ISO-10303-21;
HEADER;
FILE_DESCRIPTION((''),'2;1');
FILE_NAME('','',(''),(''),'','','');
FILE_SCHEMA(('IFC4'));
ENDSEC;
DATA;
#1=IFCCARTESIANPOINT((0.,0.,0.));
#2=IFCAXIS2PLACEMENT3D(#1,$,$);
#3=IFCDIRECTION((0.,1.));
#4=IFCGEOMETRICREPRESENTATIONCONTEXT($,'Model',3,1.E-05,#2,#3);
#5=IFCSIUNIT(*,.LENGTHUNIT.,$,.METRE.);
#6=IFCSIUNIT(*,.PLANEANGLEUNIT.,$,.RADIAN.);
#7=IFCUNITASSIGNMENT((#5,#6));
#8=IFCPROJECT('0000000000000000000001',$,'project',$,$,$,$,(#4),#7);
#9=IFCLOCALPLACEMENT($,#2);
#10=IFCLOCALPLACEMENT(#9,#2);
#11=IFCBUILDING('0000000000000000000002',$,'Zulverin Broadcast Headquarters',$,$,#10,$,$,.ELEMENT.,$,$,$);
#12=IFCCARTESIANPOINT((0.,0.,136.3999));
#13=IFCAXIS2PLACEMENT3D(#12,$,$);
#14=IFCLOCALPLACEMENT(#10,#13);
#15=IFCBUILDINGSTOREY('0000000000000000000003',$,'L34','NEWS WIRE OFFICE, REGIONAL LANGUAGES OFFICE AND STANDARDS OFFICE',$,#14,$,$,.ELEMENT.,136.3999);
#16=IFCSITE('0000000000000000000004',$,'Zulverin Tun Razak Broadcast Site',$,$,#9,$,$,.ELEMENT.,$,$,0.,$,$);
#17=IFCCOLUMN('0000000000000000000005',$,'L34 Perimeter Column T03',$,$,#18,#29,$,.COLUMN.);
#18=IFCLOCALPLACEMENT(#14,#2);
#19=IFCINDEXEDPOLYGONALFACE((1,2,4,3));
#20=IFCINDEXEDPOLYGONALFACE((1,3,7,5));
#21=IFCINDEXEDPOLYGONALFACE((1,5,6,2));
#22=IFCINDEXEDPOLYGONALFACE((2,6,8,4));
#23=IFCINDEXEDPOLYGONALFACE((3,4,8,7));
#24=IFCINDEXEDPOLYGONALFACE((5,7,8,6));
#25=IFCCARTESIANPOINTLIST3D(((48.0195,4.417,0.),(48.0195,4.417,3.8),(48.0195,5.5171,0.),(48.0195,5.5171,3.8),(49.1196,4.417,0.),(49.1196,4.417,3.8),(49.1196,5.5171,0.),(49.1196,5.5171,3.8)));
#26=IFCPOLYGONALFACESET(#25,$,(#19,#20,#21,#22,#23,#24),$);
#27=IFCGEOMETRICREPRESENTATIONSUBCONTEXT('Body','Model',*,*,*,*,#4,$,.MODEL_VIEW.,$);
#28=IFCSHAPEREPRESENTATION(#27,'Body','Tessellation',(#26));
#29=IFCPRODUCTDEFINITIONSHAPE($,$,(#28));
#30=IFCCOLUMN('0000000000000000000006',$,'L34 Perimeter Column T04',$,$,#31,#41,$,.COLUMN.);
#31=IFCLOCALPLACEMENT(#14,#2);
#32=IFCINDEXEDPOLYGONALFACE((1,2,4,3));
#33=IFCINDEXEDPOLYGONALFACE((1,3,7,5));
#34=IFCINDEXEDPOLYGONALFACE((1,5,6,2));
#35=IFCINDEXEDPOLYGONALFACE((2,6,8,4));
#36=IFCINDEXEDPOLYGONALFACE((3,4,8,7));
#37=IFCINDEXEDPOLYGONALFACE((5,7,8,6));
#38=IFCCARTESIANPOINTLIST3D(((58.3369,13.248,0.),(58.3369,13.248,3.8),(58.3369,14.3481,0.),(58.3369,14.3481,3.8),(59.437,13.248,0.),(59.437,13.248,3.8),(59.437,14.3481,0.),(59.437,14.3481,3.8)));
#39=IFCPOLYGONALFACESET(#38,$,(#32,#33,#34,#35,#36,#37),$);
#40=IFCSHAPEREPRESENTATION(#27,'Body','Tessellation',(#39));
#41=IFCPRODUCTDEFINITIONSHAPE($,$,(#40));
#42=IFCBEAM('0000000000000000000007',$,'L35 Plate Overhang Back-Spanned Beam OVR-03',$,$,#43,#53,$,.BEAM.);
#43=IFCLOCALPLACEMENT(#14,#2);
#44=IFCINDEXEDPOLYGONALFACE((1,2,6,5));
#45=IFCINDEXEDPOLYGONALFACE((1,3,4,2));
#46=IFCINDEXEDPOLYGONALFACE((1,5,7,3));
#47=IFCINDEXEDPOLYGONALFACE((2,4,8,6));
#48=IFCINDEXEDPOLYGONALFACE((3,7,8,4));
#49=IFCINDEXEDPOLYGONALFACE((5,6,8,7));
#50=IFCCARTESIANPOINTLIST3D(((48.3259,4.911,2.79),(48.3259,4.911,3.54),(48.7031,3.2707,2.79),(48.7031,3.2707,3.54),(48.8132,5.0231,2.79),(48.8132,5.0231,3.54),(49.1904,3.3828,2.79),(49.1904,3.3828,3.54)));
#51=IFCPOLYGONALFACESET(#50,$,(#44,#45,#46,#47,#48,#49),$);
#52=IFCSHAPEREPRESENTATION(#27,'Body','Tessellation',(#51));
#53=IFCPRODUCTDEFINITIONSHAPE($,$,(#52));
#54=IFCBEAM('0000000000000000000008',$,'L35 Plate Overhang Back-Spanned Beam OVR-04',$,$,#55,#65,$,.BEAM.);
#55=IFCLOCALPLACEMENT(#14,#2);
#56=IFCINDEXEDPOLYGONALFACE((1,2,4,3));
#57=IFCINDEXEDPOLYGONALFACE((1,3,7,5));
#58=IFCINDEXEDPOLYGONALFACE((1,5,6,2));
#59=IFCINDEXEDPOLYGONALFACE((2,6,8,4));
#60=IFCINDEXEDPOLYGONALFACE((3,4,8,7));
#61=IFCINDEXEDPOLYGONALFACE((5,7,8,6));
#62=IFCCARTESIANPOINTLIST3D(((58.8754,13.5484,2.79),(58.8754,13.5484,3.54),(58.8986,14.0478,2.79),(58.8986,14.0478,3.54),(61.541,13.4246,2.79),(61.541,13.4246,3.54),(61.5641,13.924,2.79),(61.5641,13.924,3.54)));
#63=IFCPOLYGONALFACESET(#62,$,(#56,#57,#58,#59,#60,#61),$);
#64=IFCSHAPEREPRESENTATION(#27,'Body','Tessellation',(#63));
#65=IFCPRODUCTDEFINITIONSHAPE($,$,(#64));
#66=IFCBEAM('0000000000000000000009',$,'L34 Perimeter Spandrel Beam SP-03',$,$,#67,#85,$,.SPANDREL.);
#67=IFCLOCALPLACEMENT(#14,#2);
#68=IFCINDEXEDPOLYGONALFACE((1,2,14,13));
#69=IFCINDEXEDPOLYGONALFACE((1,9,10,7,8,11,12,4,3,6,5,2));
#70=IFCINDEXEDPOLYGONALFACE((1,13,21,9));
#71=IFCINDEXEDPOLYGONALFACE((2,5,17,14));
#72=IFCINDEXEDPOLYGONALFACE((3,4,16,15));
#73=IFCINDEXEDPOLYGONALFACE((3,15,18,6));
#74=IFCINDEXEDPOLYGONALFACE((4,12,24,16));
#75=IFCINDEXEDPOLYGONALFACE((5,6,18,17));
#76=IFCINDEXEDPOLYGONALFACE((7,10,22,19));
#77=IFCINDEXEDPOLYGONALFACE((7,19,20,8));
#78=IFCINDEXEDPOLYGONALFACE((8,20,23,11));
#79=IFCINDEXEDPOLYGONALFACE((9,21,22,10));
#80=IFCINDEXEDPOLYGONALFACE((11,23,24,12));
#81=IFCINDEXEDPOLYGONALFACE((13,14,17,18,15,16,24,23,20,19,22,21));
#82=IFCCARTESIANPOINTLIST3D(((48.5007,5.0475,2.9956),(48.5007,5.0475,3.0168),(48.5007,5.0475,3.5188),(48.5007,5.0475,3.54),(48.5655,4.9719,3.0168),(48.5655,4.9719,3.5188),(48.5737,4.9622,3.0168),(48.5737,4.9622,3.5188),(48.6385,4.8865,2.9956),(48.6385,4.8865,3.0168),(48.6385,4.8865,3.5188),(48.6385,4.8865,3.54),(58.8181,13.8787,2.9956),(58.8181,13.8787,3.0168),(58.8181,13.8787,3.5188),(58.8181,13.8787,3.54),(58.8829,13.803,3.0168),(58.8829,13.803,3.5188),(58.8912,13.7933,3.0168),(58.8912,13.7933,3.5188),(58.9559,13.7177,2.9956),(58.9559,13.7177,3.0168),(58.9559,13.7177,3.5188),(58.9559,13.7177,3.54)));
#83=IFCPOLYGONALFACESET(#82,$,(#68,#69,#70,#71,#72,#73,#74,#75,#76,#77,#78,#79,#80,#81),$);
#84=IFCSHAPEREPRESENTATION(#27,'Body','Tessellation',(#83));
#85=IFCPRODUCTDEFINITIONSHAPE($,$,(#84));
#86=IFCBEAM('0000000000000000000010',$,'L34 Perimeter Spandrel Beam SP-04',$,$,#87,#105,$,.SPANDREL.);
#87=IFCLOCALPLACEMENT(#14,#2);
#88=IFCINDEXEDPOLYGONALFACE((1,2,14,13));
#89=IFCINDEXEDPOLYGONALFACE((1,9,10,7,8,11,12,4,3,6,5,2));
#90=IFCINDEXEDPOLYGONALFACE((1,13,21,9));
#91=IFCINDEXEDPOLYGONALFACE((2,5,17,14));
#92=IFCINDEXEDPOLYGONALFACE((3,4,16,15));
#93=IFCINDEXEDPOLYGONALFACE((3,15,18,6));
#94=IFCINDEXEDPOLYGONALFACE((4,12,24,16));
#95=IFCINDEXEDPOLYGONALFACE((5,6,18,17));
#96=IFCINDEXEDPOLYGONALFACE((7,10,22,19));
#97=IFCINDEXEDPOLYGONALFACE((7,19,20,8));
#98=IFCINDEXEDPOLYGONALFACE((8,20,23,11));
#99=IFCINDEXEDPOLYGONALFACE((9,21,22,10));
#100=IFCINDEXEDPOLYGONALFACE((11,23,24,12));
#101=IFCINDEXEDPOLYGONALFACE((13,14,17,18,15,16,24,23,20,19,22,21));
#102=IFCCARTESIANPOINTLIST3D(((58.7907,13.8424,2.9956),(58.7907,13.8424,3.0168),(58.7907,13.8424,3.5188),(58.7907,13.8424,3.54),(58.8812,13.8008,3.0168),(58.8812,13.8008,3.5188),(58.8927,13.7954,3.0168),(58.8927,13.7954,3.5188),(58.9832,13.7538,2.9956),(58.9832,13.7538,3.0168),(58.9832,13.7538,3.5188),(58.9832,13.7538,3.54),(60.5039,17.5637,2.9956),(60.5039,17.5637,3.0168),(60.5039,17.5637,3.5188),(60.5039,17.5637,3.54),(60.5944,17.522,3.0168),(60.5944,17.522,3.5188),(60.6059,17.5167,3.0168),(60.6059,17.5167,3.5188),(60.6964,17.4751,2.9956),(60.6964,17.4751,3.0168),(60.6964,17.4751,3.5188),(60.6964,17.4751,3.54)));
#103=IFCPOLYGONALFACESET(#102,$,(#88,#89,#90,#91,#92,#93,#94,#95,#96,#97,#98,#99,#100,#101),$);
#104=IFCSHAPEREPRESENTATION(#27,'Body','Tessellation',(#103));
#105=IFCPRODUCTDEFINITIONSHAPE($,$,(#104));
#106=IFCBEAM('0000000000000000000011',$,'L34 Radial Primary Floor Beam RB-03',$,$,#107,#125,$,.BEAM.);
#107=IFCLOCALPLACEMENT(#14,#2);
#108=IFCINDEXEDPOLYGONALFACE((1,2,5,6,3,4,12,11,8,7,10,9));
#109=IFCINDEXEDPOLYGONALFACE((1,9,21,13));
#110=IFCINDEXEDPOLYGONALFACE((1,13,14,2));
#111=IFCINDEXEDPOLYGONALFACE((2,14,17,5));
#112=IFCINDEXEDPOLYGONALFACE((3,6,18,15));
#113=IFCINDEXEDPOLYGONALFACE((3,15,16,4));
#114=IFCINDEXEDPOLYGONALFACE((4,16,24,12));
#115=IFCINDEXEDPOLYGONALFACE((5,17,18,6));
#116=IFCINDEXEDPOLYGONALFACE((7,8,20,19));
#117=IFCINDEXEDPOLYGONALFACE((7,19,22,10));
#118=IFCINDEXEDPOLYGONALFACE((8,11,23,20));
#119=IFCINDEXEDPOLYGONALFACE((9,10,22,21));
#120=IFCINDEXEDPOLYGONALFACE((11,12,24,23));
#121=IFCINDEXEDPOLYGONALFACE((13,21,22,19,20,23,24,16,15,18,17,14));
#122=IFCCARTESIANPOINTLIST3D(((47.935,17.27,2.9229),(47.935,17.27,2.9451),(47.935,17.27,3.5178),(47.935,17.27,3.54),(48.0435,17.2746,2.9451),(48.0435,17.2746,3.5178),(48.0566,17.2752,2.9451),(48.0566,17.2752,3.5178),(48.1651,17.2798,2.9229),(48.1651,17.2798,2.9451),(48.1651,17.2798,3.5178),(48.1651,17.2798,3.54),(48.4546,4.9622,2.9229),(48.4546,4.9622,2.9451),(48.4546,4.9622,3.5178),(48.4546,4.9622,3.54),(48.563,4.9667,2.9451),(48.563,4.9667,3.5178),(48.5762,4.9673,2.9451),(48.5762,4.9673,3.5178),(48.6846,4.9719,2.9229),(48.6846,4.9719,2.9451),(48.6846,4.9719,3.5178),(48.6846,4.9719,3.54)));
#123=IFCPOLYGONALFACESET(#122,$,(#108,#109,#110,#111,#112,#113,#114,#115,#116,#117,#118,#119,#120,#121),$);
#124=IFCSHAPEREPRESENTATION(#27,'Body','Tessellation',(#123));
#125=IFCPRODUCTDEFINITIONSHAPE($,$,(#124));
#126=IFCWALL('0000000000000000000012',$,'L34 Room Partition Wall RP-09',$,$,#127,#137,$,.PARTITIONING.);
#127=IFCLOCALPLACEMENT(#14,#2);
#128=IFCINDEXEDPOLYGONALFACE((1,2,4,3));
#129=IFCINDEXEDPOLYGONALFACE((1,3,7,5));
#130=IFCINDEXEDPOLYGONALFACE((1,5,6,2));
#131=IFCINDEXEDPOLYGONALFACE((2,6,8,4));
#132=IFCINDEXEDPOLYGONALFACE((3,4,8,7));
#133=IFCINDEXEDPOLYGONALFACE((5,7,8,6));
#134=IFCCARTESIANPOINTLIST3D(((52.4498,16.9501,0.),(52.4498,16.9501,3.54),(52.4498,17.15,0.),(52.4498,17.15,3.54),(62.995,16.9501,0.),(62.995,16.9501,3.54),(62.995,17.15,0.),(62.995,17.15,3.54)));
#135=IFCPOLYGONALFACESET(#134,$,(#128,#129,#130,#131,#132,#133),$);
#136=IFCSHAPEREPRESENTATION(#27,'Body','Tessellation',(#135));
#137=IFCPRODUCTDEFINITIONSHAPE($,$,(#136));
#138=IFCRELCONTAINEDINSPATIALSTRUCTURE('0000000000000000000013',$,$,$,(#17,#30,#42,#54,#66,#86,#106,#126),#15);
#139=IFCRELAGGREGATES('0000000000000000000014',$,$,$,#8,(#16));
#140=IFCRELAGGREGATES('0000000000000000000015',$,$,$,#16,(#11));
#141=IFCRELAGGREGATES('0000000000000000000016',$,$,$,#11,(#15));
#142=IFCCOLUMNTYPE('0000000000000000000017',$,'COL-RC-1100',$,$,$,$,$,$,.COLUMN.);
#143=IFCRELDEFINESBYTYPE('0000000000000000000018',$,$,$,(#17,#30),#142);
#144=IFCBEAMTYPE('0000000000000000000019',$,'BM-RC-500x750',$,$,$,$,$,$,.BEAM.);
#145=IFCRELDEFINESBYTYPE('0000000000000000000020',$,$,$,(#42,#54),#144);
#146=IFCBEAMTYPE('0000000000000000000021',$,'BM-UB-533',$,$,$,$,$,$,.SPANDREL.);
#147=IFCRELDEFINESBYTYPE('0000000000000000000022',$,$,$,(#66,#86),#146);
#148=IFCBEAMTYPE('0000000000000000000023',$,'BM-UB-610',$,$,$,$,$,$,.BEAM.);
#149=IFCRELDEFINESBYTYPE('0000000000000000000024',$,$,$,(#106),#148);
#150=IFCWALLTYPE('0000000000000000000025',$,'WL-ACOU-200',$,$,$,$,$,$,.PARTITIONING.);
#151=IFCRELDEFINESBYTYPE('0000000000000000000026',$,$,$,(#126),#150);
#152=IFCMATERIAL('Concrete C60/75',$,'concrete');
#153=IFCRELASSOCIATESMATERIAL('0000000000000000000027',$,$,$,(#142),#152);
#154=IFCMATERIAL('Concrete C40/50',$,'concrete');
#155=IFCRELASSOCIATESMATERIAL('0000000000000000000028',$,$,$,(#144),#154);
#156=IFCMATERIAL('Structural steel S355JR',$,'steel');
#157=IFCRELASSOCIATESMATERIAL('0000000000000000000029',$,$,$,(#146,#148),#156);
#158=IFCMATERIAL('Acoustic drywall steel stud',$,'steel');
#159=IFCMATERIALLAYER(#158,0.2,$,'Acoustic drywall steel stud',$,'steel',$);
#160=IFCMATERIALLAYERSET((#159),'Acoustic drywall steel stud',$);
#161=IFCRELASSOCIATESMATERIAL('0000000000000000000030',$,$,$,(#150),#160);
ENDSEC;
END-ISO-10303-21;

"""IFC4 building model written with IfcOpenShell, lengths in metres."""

from ifc_helpers import new_model, si_unit, direction, frame, frame_2d, origin, origin_2d, place, context, subcontext, project, spatial, rectangle, i_section, extrude, material, layer, layer_set, material_profile, profile_set, type_object, element, save


model = new_model("IFC4")

# Units and contexts
model_context = context("Model", 3, precision=1e-05, world=origin(), true_north=direction((0.0, 1.0)))
body_context = subcontext(model_context, "Body", "Model", "MODEL_VIEW")
ifc_project = project(units=[si_unit("LENGTHUNIT", "METRE"), si_unit("PLANEANGLEUNIT", "RADIAN")], contexts=[model_context])

# Site, building, storey
site_placement = place(None, origin())
site = spatial("IfcSite", under=ifc_project, at=site_placement, Name="Zulverin Tun Razak Broadcast Site", CompositionType="ELEMENT", RefElevation=0.0)
building_placement = place(site_placement, origin())
building = spatial("IfcBuilding", under=site, at=building_placement, Name="Zulverin Broadcast Headquarters", CompositionType="ELEMENT")
storey_placement = place(building_placement, frame((0.0, 0.0, 136.3999)))
storey = spatial("IfcBuildingStorey", under=building, at=storey_placement, Name="L34", Description="NEWS WIRE OFFICE, REGIONAL LANGUAGES OFFICE AND STANDARDS OFFICE", CompositionType="ELEMENT", Elevation=136.3999)

# Columns
ifc_material_1 = material(Name="Concrete C60/75", Category="concrete")
ifc_material_profile_1 = material_profile(ifc_material_1, rectangle(XDim=1.1001, YDim=1.1001, at=origin_2d()), Name="Concrete C60/75", Category="concrete")
ifc_profile_set_1 = profile_set([ifc_material_profile_1], Name="Concrete C60/75")
column_type = type_object("IfcColumnType", Name="COL-RC-1100", PredefinedType="COLUMN", material=ifc_profile_set_1)
for number, where, z_axis, x_axis, name in (
    (1, (48.5696, 4.967, 0.0), (0.0, 0.0, 1.0), (1.0, 0.0, 0.0), "L34 Perimeter Column T03"),
    (2, (58.887, 13.7981, 0.0), (0.0, 0.0, 1.0), (1.0, 0.0, 0.0), "L34 Perimeter Column T04"),
):
    element("IfcColumn", number, at=place(storey_placement, frame(where, z_axis=z_axis, x_axis=x_axis)), inside=storey, type_object=column_type, Name=name, PredefinedType="COLUMN", context=body_context, shape_type="SweptSolid", body=[
        extrude(rectangle(XDim=1.1001, YDim=1.1001, at=origin_2d()), origin(), (0.0, 0.0, 1.0), 3.8),
    ])

# Beams
ifc_material_2 = material(Name="Concrete C40/50", Category="concrete")
ifc_material_profile_2 = material_profile(ifc_material_2, rectangle(XDim=0.5, YDim=0.75, at=origin_2d()), Name="Concrete C40/50", Category="concrete")
ifc_profile_set_2 = profile_set([ifc_material_profile_2], Name="Concrete C40/50")
beam_type_1 = type_object("IfcBeamType", Name="BM-RC-500x750", PredefinedType="BEAM", material=ifc_profile_set_2)
beam_1_placement = place(storey_placement, frame((48.5696, 4.967, 3.165), z_axis=(0.224097, -0.974567, 0.0), x_axis=(0.974567, 0.224097, 0.0)))
element("IfcBeam", 3, at=beam_1_placement, inside=storey, type_object=beam_type_1, Name="L35 Plate Overhang Back-Spanned Beam OVR-03", PredefinedType="BEAM", context=body_context, shape_type="SweptSolid", body=[
    extrude(rectangle(XDim=0.5, YDim=0.75, at=origin_2d()), origin(), (0.0, 0.0, 1.0), 1.6831),
])
beam_2_placement = place(storey_placement, frame((58.887, 13.7981, 3.165), z_axis=(0.998924, -0.046387, 0.0), x_axis=(0.046387, 0.998924, 0.0)))
element("IfcBeam", 4, at=beam_2_placement, inside=storey, type_object=beam_type_1, Name="L35 Plate Overhang Back-Spanned Beam OVR-04", PredefinedType="BEAM", context=body_context, shape_type="SweptSolid", body=[
    extrude(rectangle(XDim=0.5, YDim=0.75, at=origin_2d()), origin(), (0.0, 0.0, 1.0), 2.6685),
])
ifc_material_3 = material(Name="Structural steel S355JR", Category="steel")
ifc_material_profile_3 = material_profile(ifc_material_3, i_section(OverallWidth=0.2119, OverallDepth=0.5444, WebThickness=0.0127, FlangeThickness=0.0212, at=origin_2d()), Name="Structural steel S355JR", Category="steel")
ifc_profile_set_3 = profile_set([ifc_material_profile_3], Name="Structural steel S355JR")
beam_type_2 = type_object("IfcBeamType", Name="BM-UB-533", PredefinedType="SPANDREL", material=ifc_profile_set_3)
beam_3_placement = place(storey_placement, frame((48.5696, 4.967, 3.2678), z_axis=(0.759708, 0.650264, 0.0), x_axis=(-0.650264, 0.759708, 0.0)))
element("IfcBeam", 5, at=beam_3_placement, inside=storey, type_object=beam_type_2, Name="L34 Perimeter Spandrel Beam SP-03", PredefinedType="SPANDREL", context=body_context, shape_type="SweptSolid", body=[
    extrude(i_section(OverallWidth=0.2119, OverallDepth=0.5444, WebThickness=0.0127, FlangeThickness=0.0212, at=origin_2d()), origin(), (0.0, 0.0, 1.0), 13.5808),
])
beam_4_placement = place(storey_placement, frame((58.887, 13.7981, 3.2678), z_axis=(0.418185, 0.908362, 0.0), x_axis=(-0.908362, 0.418185, 0.0)))
element("IfcBeam", 6, at=beam_4_placement, inside=storey, type_object=beam_type_2, Name="L34 Perimeter Spandrel Beam SP-04", PredefinedType="SPANDREL", context=body_context, shape_type="SweptSolid", body=[
    extrude(i_section(OverallWidth=0.2119, OverallDepth=0.5444, WebThickness=0.0127, FlangeThickness=0.0212, at=origin_2d()), origin(), (0.0, 0.0, 1.0), 4.0967),
])
ifc_material_profile_4 = material_profile(ifc_material_3, i_section(OverallWidth=0.2302, OverallDepth=0.6172, WebThickness=0.0132, FlangeThickness=0.0222, at=origin_2d()), Name="Structural steel S355JR", Category="steel")
ifc_profile_set_4 = profile_set([ifc_material_profile_4], Name="Structural steel S355JR")
beam_type_3 = type_object("IfcBeamType", Name="BM-UB-610", PredefinedType="BEAM", material=ifc_profile_set_4)
beam_5_placement = place(storey_placement, frame((48.05, 17.2749, 3.2314), z_axis=(0.042174, -0.99911, 0.0), x_axis=(0.99911, 0.042174, 0.0)))
element("IfcBeam", 7, at=beam_5_placement, inside=storey, type_object=beam_type_3, Name="L34 Radial Primary Floor Beam RB-03", PredefinedType="BEAM", context=body_context, shape_type="SweptSolid", body=[
    extrude(i_section(OverallWidth=0.2302, OverallDepth=0.6172, WebThickness=0.0132, FlangeThickness=0.0222, at=origin_2d()), origin(), (0.0, 0.0, 1.0), 12.3188),
])

# Wall
ifc_material_4 = material(Name="Acoustic drywall steel stud", Category="steel")
ifc_layer_1 = layer(ifc_material_4, 0.2, Name="Acoustic drywall steel stud", Category="steel")
ifc_layer_set_1 = layer_set([ifc_layer_1], Name="Acoustic drywall steel stud")
wall_type_1 = type_object("IfcWallType", Name="WL-ACOU-200", PredefinedType="PARTITIONING", material=ifc_layer_set_1)
wall_1_placement = place(storey_placement, frame((52.45, 17.05, 0.0), z_axis=(0.0, 0.0, 1.0), x_axis=(1.0, 0.0, 0.0)))
element("IfcWall", 8, at=wall_1_placement, inside=storey, type_object=wall_type_1, Name="L34 Room Partition Wall RP-09", PredefinedType="PARTITIONING", context=body_context, shape_type="SweptSolid", body=[
    extrude(rectangle(XDim=10.5452, YDim=0.2, at=frame_2d((5.2725, 0.0))), origin(), (0.0, 0.0, 1.0), 3.54),
])

save(model, "model.ifc")
